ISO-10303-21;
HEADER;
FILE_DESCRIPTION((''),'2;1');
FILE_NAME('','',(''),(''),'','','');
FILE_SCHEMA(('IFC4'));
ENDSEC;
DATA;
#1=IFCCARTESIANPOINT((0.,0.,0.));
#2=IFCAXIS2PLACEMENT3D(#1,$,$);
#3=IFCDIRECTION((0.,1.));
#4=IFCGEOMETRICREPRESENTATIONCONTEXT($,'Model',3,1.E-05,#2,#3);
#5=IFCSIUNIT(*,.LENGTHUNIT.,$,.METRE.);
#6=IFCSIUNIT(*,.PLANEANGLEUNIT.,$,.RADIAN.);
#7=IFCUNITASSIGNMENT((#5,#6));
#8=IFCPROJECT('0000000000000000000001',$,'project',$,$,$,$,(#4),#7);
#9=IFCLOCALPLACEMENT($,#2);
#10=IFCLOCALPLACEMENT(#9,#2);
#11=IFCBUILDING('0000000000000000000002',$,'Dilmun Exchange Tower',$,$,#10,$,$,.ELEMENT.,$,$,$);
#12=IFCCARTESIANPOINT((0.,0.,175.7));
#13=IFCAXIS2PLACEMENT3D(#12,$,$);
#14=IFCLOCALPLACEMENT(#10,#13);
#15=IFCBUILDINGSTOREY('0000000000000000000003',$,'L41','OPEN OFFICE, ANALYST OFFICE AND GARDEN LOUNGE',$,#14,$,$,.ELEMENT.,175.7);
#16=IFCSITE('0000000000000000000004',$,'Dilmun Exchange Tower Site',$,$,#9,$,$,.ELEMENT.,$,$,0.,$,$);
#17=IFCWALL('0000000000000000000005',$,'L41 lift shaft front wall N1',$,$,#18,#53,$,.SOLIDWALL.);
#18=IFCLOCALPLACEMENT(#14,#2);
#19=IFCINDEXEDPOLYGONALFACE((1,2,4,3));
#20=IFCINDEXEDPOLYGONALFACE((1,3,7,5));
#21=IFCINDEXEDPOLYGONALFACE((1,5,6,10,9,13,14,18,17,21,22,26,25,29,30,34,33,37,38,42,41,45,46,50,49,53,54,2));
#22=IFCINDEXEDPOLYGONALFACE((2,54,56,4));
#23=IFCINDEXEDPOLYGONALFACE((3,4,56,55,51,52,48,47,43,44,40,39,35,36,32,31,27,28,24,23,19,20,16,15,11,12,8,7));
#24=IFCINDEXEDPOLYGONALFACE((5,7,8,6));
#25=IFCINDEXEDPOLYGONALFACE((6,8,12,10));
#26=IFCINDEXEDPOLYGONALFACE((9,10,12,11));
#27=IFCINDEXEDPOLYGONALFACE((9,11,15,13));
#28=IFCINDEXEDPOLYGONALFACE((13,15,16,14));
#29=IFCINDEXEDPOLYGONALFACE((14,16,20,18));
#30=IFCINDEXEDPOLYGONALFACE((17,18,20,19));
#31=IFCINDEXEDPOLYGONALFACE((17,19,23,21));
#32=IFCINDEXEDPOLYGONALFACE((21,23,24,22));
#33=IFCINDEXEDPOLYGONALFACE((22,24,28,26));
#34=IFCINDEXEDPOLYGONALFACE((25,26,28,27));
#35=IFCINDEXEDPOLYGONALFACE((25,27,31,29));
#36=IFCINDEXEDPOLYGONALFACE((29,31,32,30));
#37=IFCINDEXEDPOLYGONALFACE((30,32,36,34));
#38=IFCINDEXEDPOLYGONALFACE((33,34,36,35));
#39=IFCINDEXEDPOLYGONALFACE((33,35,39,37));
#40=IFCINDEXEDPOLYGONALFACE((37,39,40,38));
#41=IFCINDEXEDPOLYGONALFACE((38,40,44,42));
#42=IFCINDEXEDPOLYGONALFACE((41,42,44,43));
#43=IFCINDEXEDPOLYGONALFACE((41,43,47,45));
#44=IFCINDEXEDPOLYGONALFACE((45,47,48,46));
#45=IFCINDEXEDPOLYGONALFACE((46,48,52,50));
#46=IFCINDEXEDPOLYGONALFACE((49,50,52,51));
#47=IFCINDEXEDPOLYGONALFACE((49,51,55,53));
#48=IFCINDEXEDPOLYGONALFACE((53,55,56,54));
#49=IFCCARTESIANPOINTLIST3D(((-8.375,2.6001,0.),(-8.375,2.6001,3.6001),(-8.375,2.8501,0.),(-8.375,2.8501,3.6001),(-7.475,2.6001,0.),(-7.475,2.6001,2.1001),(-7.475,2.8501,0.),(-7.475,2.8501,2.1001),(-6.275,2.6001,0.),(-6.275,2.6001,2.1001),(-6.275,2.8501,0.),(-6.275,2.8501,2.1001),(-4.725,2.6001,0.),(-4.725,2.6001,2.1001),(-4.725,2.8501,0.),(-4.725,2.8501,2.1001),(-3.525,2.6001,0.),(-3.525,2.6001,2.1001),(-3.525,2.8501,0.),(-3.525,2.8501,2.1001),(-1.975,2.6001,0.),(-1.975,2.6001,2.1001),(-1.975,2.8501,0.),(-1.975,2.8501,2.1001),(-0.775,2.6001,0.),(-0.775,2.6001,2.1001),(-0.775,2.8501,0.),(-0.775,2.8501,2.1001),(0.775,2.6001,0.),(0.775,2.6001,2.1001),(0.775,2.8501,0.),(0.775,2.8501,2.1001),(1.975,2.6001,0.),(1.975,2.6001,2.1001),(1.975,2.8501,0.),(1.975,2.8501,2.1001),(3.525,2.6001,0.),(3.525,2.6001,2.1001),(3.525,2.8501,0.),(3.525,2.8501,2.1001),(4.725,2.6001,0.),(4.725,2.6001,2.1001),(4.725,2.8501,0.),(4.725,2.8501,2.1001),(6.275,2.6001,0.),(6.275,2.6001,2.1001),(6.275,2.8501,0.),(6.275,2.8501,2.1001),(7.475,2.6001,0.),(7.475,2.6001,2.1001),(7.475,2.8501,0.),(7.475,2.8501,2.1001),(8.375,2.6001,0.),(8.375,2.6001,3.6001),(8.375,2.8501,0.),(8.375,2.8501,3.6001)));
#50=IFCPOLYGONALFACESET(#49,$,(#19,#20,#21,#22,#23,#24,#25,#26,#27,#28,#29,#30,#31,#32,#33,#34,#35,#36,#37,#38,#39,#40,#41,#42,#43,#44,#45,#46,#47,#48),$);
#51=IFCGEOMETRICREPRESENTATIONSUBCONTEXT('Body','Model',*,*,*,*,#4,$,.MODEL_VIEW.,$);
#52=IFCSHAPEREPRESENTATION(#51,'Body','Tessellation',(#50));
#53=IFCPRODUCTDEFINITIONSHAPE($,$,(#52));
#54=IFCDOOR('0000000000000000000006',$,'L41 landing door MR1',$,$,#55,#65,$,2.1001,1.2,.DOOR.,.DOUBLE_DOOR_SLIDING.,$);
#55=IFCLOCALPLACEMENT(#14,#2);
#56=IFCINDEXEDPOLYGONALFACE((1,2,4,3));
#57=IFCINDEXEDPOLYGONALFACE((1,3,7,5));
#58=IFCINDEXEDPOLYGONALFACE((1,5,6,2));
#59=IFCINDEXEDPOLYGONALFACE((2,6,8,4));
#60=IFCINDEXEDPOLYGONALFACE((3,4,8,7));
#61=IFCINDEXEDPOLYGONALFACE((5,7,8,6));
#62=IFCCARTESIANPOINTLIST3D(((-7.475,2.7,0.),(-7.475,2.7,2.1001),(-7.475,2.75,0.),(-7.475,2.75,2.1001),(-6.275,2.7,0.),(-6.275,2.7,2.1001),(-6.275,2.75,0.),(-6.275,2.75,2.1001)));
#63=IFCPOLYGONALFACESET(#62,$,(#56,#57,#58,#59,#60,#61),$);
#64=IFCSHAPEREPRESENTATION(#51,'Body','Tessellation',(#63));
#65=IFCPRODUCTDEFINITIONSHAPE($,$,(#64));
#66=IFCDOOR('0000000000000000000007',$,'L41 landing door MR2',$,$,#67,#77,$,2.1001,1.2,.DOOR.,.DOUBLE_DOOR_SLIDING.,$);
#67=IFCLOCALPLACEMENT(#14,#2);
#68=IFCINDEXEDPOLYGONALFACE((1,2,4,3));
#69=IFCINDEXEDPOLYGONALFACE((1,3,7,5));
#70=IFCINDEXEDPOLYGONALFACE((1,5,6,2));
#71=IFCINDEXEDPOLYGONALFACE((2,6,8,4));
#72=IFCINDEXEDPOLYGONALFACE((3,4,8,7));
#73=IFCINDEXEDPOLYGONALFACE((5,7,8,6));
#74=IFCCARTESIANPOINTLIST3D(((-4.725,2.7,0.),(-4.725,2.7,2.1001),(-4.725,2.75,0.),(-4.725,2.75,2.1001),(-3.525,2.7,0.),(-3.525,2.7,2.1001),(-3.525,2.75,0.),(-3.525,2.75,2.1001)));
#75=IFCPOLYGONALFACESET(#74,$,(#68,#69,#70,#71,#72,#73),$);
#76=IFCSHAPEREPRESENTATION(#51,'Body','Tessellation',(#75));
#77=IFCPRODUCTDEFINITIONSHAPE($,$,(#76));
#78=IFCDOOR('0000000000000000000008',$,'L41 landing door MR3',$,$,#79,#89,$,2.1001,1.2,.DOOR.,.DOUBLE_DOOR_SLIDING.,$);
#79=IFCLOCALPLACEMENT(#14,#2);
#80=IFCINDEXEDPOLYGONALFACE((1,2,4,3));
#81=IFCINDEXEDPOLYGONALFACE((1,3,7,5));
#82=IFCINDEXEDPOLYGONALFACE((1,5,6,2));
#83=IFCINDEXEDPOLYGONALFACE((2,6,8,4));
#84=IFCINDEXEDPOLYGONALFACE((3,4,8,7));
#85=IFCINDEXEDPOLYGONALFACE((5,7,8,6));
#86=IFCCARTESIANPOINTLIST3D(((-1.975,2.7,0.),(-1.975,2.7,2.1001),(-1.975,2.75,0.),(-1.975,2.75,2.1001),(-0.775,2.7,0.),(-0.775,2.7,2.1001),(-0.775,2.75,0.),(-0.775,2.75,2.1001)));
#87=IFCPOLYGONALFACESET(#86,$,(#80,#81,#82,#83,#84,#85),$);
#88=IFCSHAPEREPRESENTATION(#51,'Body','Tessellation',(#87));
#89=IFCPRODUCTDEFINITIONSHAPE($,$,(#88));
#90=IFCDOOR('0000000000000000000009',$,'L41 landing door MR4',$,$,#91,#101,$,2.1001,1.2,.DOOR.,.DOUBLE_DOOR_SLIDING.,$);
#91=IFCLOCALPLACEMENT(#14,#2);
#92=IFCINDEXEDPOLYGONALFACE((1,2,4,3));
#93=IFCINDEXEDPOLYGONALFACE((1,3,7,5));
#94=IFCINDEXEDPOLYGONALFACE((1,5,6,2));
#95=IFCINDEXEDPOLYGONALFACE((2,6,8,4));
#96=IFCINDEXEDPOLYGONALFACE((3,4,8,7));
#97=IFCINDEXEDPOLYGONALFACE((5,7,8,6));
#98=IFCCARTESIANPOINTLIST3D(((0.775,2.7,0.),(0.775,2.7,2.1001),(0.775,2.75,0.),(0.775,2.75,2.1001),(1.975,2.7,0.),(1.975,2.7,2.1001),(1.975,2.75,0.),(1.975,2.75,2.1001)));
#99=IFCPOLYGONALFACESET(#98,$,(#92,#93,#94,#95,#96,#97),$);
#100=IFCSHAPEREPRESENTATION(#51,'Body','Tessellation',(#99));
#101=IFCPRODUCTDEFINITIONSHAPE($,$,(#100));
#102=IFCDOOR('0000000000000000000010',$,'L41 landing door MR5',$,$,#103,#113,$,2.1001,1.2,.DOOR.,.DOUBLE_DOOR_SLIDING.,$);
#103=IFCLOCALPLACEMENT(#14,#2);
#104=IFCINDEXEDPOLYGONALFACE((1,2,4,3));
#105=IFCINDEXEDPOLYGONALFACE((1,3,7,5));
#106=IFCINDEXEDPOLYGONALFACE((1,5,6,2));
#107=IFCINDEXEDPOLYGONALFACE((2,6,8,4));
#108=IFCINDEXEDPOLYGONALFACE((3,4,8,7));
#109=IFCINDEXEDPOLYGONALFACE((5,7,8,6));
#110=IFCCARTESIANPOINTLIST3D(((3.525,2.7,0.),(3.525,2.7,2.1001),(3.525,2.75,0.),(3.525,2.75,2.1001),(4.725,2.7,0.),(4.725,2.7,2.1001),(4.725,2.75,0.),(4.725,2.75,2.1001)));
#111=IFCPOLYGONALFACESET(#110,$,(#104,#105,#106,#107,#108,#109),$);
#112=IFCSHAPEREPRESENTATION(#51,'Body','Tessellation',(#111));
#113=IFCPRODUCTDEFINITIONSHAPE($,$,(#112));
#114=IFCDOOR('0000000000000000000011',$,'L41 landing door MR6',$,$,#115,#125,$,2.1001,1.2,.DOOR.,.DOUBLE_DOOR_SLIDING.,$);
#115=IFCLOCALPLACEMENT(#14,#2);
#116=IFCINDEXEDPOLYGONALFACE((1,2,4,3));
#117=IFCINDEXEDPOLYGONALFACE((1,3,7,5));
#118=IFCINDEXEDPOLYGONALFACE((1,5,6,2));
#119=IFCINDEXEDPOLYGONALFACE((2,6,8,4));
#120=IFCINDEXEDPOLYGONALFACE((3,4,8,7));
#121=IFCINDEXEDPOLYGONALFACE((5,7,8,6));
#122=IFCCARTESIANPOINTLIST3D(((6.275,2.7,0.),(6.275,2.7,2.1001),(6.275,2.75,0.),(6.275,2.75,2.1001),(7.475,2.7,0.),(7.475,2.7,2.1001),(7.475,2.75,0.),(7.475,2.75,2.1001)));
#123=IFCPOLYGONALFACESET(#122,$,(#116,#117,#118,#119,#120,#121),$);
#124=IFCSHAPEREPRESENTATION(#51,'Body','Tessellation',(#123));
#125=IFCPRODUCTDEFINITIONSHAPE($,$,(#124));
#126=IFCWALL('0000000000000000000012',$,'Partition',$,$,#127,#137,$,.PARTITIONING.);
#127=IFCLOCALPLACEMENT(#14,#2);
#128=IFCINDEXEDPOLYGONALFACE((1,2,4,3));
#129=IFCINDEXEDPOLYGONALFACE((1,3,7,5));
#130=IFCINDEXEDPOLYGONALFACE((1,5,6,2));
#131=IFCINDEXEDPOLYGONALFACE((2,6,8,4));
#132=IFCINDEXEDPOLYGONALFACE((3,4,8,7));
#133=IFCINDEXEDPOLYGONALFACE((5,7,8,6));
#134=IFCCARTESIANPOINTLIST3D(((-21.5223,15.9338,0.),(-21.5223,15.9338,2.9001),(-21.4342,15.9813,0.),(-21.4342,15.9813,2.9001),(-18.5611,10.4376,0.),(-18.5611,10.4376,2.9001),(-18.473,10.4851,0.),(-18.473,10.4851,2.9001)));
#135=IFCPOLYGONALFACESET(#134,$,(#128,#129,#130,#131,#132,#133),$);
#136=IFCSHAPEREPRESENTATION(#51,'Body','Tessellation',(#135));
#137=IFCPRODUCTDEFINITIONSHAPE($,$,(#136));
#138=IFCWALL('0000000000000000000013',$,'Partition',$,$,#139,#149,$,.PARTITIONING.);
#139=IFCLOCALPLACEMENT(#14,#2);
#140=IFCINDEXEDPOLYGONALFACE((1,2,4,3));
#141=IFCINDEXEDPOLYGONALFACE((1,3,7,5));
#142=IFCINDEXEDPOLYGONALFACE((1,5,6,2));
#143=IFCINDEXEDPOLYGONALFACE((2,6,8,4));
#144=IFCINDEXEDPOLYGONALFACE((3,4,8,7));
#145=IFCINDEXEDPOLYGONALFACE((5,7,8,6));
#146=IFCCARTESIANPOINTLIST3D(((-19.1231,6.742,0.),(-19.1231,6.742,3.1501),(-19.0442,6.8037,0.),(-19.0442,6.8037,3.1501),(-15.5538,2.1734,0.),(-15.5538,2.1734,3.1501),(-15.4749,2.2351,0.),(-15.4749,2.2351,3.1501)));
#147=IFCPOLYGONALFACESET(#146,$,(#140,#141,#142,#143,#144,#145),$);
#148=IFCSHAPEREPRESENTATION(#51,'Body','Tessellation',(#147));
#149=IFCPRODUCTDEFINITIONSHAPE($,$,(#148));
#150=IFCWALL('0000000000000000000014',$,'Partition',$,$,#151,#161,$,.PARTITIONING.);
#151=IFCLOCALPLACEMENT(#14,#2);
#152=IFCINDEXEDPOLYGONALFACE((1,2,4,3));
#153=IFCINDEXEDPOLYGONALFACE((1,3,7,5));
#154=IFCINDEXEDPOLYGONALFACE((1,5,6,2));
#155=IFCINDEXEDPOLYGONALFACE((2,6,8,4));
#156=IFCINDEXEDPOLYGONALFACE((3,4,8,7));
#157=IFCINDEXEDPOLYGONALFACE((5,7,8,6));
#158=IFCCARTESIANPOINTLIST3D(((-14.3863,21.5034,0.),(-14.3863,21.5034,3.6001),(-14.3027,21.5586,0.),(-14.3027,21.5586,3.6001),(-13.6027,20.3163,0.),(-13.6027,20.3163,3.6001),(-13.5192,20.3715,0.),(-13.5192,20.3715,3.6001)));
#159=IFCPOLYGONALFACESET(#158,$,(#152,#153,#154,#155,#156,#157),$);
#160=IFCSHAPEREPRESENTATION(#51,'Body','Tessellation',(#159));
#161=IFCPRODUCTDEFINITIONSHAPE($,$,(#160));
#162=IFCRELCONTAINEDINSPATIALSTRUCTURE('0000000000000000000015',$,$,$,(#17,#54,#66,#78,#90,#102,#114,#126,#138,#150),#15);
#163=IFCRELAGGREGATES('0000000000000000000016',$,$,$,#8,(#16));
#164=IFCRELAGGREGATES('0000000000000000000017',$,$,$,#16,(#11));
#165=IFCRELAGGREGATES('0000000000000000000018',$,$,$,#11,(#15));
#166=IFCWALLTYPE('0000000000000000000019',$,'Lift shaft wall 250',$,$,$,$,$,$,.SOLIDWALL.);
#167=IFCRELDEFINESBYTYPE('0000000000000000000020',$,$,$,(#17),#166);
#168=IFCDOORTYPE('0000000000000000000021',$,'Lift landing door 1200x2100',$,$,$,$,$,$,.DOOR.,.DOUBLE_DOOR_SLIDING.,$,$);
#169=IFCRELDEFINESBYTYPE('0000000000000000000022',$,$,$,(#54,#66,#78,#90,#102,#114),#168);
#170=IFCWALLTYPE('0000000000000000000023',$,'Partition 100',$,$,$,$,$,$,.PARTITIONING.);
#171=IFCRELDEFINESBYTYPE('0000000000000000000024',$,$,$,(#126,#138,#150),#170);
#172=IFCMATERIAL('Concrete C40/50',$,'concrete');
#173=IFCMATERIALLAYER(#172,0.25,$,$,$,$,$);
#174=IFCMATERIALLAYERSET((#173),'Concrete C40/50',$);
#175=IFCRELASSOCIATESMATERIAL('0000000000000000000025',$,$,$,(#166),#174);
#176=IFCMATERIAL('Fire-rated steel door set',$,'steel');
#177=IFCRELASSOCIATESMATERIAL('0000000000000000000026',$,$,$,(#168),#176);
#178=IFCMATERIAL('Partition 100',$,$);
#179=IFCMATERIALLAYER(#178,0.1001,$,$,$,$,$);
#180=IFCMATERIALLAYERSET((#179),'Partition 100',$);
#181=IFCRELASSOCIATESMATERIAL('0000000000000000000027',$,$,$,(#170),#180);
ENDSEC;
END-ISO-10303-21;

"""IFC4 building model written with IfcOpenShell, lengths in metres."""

from ifc_helpers import new_model, si_unit, direction, frame, frame_2d, origin, place, context, subcontext, project, spatial, rectangle, extrude, material, layer, layer_set, type_object, element, fill, save


model = new_model("IFC4")

# Units and contexts
model_context = context("Model", 3, precision=1e-05, world=origin(), true_north=direction((0.0, 1.0)))
body_context = subcontext(model_context, "Body", "Model", "MODEL_VIEW")
ifc_project = project(units=[si_unit("LENGTHUNIT", "METRE"), si_unit("PLANEANGLEUNIT", "RADIAN")], contexts=[model_context])

# Site, building, storey
site_placement = place(None, origin())
site = spatial("IfcSite", under=ifc_project, at=site_placement, Name="Dilmun Exchange Tower Site", CompositionType="ELEMENT", RefElevation=0.0)
building_placement = place(site_placement, origin())
building = spatial("IfcBuilding", under=site, at=building_placement, Name="Dilmun Exchange Tower", CompositionType="ELEMENT")
storey_placement = place(building_placement, frame((0.0, 0.0, 175.7)))
storey = spatial("IfcBuildingStorey", under=building, at=storey_placement, Name="L41", Description="OPEN OFFICE, ANALYST OFFICE AND GARDEN LOUNGE", CompositionType="ELEMENT", Elevation=175.7)

# Shared definitions
ifc_material_1 = material(Name="Concrete C40/50", Category="concrete")

# Shared definitions
ifc_material_2 = material(Name="Fire-rated steel door set", Category="steel")

# Wall, openings, doors
ifc_layer_1 = layer(ifc_material_1, 0.25)
ifc_layer_set_1 = layer_set([ifc_layer_1], Name="Concrete C40/50")
wall_type_1 = type_object("IfcWallType", Name="Lift shaft wall 250", PredefinedType="SOLIDWALL", material=ifc_layer_set_1)
wall_1_placement = place(storey_placement, frame((-8.375, 2.7251, 0.0), z_axis=(0.0, 0.0, 1.0), x_axis=(1.0, 0.0, 0.0)))
wall_1 = element("IfcWall", 1, at=wall_1_placement, inside=storey, type_object=wall_type_1, Name="L41 lift shaft front wall N1", PredefinedType="SOLIDWALL", context=body_context, shape_type="SweptSolid", body=[
    extrude(rectangle(XDim=16.75, YDim=0.25, at=frame_2d((8.375, 0.0))), origin(), (0.0, 0.0, 1.0), 3.6001),
])
opening_1_placement = place(wall_1_placement, frame((0.8999, 0.0, 0.0)))
opening_1 = element("IfcOpeningElement", 2, at=opening_1_placement, cuts=wall_1, PredefinedType="OPENING", context=body_context, shape_type="SweptSolid", body=[
    extrude(rectangle(XDim=1.2, YDim=2.1001, at=frame_2d((0.6001, 1.05))), frame((0.0, 0.135, 0.0), z_axis=(0.0, -1.0, 0.0), x_axis=(1.0, 0.0, 0.0)), (0.0, 0.0, 1.0), 0.27),
])
opening_2_placement = place(wall_1_placement, frame((3.6499, 0.0, 0.0)))
opening_2 = element("IfcOpeningElement", 3, at=opening_2_placement, cuts=wall_1, PredefinedType="OPENING", context=body_context, shape_type="SweptSolid", body=[
    extrude(rectangle(XDim=1.2, YDim=2.1001, at=frame_2d((0.6001, 1.05))), frame((0.0, 0.135, 0.0), z_axis=(0.0, -1.0, 0.0), x_axis=(1.0, 0.0, 0.0)), (0.0, 0.0, 1.0), 0.27),
])
opening_3_placement = place(wall_1_placement, frame((6.3999, 0.0, 0.0)))
opening_3 = element("IfcOpeningElement", 4, at=opening_3_placement, cuts=wall_1, PredefinedType="OPENING", context=body_context, shape_type="SweptSolid", body=[
    extrude(rectangle(XDim=1.2, YDim=2.1001, at=frame_2d((0.6001, 1.05))), frame((0.0, 0.135, 0.0), z_axis=(0.0, -1.0, 0.0), x_axis=(1.0, 0.0, 0.0)), (0.0, 0.0, 1.0), 0.27),
])
opening_4_placement = place(wall_1_placement, frame((9.1499, 0.0, 0.0)))
opening_4 = element("IfcOpeningElement", 5, at=opening_4_placement, cuts=wall_1, PredefinedType="OPENING", context=body_context, shape_type="SweptSolid", body=[
    extrude(rectangle(XDim=1.2, YDim=2.1001, at=frame_2d((0.6001, 1.05))), frame((0.0, 0.135, 0.0), z_axis=(0.0, -1.0, 0.0), x_axis=(1.0, 0.0, 0.0)), (0.0, 0.0, 1.0), 0.27),
])
opening_5_placement = place(wall_1_placement, frame((11.8999, 0.0, 0.0)))
opening_5 = element("IfcOpeningElement", 6, at=opening_5_placement, cuts=wall_1, PredefinedType="OPENING", context=body_context, shape_type="SweptSolid", body=[
    extrude(rectangle(XDim=1.2, YDim=2.1001, at=frame_2d((0.6001, 1.05))), frame((0.0, 0.135, 0.0), z_axis=(0.0, -1.0, 0.0), x_axis=(1.0, 0.0, 0.0)), (0.0, 0.0, 1.0), 0.27),
])
opening_6_placement = place(wall_1_placement, frame((14.6499, 0.0, 0.0)))
opening_6 = element("IfcOpeningElement", 7, at=opening_6_placement, cuts=wall_1, PredefinedType="OPENING", context=body_context, shape_type="SweptSolid", body=[
    extrude(rectangle(XDim=1.2, YDim=2.1001, at=frame_2d((0.6001, 1.05))), frame((0.0, 0.135, 0.0), z_axis=(0.0, -1.0, 0.0), x_axis=(1.0, 0.0, 0.0)), (0.0, 0.0, 1.0), 0.27),
])
door_type_1 = type_object("IfcDoorType", Name="Lift landing door 1200x2100", OperationType="DOUBLE_DOOR_SLIDING", PredefinedType="DOOR", material=ifc_material_2)
door_1_placement = place(opening_1_placement, origin())
door_1 = element("IfcDoor", 8, at=door_1_placement, inside=storey, type_object=door_type_1, Name="L41 landing door MR1", OperationType="DOUBLE_DOOR_SLIDING", OverallHeight=2.1001, OverallWidth=1.2, PredefinedType="DOOR", context=body_context, shape_type="SweptSolid", body=[
    extrude(rectangle(XDim=1.2, YDim=2.1001, at=frame_2d((0.6001, 1.05))), frame((0.0, 0.0249, 0.0), z_axis=(0.0, -1.0, 0.0), x_axis=(1.0, 0.0, 0.0)), (0.0, 0.0, 1.0), 0.05),
])
fill(opening_1, door_1)
door_2_placement = place(opening_2_placement, origin())
door_2 = element("IfcDoor", 9, at=door_2_placement, inside=storey, type_object=door_type_1, Name="L41 landing door MR2", OperationType="DOUBLE_DOOR_SLIDING", OverallHeight=2.1001, OverallWidth=1.2, PredefinedType="DOOR", context=body_context, shape_type="SweptSolid", body=[
    extrude(rectangle(XDim=1.2, YDim=2.1001, at=frame_2d((0.6001, 1.05))), frame((0.0, 0.0249, 0.0), z_axis=(0.0, -1.0, 0.0), x_axis=(1.0, 0.0, 0.0)), (0.0, 0.0, 1.0), 0.05),
])
fill(opening_2, door_2)
door_3_placement = place(opening_3_placement, origin())
door_3 = element("IfcDoor", 10, at=door_3_placement, inside=storey, type_object=door_type_1, Name="L41 landing door MR3", OperationType="DOUBLE_DOOR_SLIDING", OverallHeight=2.1001, OverallWidth=1.2, PredefinedType="DOOR", context=body_context, shape_type="SweptSolid", body=[
    extrude(rectangle(XDim=1.2, YDim=2.1001, at=frame_2d((0.6001, 1.05))), frame((0.0, 0.0249, 0.0), z_axis=(0.0, -1.0, 0.0), x_axis=(1.0, 0.0, 0.0)), (0.0, 0.0, 1.0), 0.05),
])
fill(opening_3, door_3)
door_4_placement = place(opening_4_placement, origin())
door_4 = element("IfcDoor", 11, at=door_4_placement, inside=storey, type_object=door_type_1, Name="L41 landing door MR4", OperationType="DOUBLE_DOOR_SLIDING", OverallHeight=2.1001, OverallWidth=1.2, PredefinedType="DOOR", context=body_context, shape_type="SweptSolid", body=[
    extrude(rectangle(XDim=1.2, YDim=2.1001, at=frame_2d((0.6001, 1.05))), frame((0.0, 0.0249, 0.0), z_axis=(0.0, -1.0, 0.0), x_axis=(1.0, 0.0, 0.0)), (0.0, 0.0, 1.0), 0.05),
])
fill(opening_4, door_4)
door_5_placement = place(opening_5_placement, origin())
door_5 = element("IfcDoor", 12, at=door_5_placement, inside=storey, type_object=door_type_1, Name="L41 landing door MR5", OperationType="DOUBLE_DOOR_SLIDING", OverallHeight=2.1001, OverallWidth=1.2, PredefinedType="DOOR", context=body_context, shape_type="SweptSolid", body=[
    extrude(rectangle(XDim=1.2, YDim=2.1001, at=frame_2d((0.6001, 1.05))), frame((0.0, 0.0249, 0.0), z_axis=(0.0, -1.0, 0.0), x_axis=(1.0, 0.0, 0.0)), (0.0, 0.0, 1.0), 0.05),
])
fill(opening_5, door_5)
door_6_placement = place(opening_6_placement, origin())
door_6 = element("IfcDoor", 13, at=door_6_placement, inside=storey, type_object=door_type_1, Name="L41 landing door MR6", OperationType="DOUBLE_DOOR_SLIDING", OverallHeight=2.1001, OverallWidth=1.2, PredefinedType="DOOR", context=body_context, shape_type="SweptSolid", body=[
    extrude(rectangle(XDim=1.2, YDim=2.1001, at=frame_2d((0.6001, 1.05))), frame((0.0, 0.0249, 0.0), z_axis=(0.0, -1.0, 0.0), x_axis=(1.0, 0.0, 0.0)), (0.0, 0.0, 1.0), 0.05),
])
fill(opening_6, door_6)

# Walls
ifc_material_3 = material(Name="Partition 100")
ifc_layer_2 = layer(ifc_material_3, 0.1001)
ifc_layer_set_2 = layer_set([ifc_layer_2], Name="Partition 100")
wall_type_2 = type_object("IfcWallType", Name="Partition 100", PredefinedType="PARTITIONING", material=ifc_layer_set_2)
wall_2_placement = place(storey_placement, frame((-21.4783, 15.9575, 0.0), z_axis=(0.0, 0.0, 1.0), x_axis=(0.474317, -0.880354, 0.0)))
element("IfcWall", 14, at=wall_2_placement, inside=storey, type_object=wall_type_2, Name="Partition", PredefinedType="PARTITIONING", context=body_context, shape_type="SweptSolid", body=[
    extrude(rectangle(XDim=6.2432, YDim=0.1001, at=frame_2d((3.1216, 0.0))), origin(), (0.0, 0.0, 1.0), 2.9001),
])
wall_3_placement = place(storey_placement, frame((-19.0837, 6.7729, 0.0), z_axis=(0.0, 0.0, 1.0), x_axis=(0.615656, -0.788015, 0.0)))
element("IfcWall", 15, at=wall_3_placement, inside=storey, type_object=wall_type_2, Name="Partition", PredefinedType="PARTITIONING", context=body_context, shape_type="SweptSolid", body=[
    extrude(rectangle(XDim=5.7976, YDim=0.1001, at=frame_2d((2.8989, 0.0))), origin(), (0.0, 0.0, 1.0), 3.1501),
])
wall_4_placement = place(storey_placement, frame((-14.3445, 21.531, 0.0), z_axis=(0.0, 0.0, 1.0), x_axis=(0.550852, -0.834603, 0.0)))
element("IfcWall", 16, at=wall_4_placement, inside=storey, type_object=wall_type_2, Name="Partition", PredefinedType="PARTITIONING", context=body_context, shape_type="SweptSolid", body=[
    extrude(rectangle(XDim=1.4224, YDim=0.1001, at=frame_2d((0.7112, 0.0))), origin(), (0.0, 0.0, 1.0), 3.6001),
])

save(model, "model.ifc")
